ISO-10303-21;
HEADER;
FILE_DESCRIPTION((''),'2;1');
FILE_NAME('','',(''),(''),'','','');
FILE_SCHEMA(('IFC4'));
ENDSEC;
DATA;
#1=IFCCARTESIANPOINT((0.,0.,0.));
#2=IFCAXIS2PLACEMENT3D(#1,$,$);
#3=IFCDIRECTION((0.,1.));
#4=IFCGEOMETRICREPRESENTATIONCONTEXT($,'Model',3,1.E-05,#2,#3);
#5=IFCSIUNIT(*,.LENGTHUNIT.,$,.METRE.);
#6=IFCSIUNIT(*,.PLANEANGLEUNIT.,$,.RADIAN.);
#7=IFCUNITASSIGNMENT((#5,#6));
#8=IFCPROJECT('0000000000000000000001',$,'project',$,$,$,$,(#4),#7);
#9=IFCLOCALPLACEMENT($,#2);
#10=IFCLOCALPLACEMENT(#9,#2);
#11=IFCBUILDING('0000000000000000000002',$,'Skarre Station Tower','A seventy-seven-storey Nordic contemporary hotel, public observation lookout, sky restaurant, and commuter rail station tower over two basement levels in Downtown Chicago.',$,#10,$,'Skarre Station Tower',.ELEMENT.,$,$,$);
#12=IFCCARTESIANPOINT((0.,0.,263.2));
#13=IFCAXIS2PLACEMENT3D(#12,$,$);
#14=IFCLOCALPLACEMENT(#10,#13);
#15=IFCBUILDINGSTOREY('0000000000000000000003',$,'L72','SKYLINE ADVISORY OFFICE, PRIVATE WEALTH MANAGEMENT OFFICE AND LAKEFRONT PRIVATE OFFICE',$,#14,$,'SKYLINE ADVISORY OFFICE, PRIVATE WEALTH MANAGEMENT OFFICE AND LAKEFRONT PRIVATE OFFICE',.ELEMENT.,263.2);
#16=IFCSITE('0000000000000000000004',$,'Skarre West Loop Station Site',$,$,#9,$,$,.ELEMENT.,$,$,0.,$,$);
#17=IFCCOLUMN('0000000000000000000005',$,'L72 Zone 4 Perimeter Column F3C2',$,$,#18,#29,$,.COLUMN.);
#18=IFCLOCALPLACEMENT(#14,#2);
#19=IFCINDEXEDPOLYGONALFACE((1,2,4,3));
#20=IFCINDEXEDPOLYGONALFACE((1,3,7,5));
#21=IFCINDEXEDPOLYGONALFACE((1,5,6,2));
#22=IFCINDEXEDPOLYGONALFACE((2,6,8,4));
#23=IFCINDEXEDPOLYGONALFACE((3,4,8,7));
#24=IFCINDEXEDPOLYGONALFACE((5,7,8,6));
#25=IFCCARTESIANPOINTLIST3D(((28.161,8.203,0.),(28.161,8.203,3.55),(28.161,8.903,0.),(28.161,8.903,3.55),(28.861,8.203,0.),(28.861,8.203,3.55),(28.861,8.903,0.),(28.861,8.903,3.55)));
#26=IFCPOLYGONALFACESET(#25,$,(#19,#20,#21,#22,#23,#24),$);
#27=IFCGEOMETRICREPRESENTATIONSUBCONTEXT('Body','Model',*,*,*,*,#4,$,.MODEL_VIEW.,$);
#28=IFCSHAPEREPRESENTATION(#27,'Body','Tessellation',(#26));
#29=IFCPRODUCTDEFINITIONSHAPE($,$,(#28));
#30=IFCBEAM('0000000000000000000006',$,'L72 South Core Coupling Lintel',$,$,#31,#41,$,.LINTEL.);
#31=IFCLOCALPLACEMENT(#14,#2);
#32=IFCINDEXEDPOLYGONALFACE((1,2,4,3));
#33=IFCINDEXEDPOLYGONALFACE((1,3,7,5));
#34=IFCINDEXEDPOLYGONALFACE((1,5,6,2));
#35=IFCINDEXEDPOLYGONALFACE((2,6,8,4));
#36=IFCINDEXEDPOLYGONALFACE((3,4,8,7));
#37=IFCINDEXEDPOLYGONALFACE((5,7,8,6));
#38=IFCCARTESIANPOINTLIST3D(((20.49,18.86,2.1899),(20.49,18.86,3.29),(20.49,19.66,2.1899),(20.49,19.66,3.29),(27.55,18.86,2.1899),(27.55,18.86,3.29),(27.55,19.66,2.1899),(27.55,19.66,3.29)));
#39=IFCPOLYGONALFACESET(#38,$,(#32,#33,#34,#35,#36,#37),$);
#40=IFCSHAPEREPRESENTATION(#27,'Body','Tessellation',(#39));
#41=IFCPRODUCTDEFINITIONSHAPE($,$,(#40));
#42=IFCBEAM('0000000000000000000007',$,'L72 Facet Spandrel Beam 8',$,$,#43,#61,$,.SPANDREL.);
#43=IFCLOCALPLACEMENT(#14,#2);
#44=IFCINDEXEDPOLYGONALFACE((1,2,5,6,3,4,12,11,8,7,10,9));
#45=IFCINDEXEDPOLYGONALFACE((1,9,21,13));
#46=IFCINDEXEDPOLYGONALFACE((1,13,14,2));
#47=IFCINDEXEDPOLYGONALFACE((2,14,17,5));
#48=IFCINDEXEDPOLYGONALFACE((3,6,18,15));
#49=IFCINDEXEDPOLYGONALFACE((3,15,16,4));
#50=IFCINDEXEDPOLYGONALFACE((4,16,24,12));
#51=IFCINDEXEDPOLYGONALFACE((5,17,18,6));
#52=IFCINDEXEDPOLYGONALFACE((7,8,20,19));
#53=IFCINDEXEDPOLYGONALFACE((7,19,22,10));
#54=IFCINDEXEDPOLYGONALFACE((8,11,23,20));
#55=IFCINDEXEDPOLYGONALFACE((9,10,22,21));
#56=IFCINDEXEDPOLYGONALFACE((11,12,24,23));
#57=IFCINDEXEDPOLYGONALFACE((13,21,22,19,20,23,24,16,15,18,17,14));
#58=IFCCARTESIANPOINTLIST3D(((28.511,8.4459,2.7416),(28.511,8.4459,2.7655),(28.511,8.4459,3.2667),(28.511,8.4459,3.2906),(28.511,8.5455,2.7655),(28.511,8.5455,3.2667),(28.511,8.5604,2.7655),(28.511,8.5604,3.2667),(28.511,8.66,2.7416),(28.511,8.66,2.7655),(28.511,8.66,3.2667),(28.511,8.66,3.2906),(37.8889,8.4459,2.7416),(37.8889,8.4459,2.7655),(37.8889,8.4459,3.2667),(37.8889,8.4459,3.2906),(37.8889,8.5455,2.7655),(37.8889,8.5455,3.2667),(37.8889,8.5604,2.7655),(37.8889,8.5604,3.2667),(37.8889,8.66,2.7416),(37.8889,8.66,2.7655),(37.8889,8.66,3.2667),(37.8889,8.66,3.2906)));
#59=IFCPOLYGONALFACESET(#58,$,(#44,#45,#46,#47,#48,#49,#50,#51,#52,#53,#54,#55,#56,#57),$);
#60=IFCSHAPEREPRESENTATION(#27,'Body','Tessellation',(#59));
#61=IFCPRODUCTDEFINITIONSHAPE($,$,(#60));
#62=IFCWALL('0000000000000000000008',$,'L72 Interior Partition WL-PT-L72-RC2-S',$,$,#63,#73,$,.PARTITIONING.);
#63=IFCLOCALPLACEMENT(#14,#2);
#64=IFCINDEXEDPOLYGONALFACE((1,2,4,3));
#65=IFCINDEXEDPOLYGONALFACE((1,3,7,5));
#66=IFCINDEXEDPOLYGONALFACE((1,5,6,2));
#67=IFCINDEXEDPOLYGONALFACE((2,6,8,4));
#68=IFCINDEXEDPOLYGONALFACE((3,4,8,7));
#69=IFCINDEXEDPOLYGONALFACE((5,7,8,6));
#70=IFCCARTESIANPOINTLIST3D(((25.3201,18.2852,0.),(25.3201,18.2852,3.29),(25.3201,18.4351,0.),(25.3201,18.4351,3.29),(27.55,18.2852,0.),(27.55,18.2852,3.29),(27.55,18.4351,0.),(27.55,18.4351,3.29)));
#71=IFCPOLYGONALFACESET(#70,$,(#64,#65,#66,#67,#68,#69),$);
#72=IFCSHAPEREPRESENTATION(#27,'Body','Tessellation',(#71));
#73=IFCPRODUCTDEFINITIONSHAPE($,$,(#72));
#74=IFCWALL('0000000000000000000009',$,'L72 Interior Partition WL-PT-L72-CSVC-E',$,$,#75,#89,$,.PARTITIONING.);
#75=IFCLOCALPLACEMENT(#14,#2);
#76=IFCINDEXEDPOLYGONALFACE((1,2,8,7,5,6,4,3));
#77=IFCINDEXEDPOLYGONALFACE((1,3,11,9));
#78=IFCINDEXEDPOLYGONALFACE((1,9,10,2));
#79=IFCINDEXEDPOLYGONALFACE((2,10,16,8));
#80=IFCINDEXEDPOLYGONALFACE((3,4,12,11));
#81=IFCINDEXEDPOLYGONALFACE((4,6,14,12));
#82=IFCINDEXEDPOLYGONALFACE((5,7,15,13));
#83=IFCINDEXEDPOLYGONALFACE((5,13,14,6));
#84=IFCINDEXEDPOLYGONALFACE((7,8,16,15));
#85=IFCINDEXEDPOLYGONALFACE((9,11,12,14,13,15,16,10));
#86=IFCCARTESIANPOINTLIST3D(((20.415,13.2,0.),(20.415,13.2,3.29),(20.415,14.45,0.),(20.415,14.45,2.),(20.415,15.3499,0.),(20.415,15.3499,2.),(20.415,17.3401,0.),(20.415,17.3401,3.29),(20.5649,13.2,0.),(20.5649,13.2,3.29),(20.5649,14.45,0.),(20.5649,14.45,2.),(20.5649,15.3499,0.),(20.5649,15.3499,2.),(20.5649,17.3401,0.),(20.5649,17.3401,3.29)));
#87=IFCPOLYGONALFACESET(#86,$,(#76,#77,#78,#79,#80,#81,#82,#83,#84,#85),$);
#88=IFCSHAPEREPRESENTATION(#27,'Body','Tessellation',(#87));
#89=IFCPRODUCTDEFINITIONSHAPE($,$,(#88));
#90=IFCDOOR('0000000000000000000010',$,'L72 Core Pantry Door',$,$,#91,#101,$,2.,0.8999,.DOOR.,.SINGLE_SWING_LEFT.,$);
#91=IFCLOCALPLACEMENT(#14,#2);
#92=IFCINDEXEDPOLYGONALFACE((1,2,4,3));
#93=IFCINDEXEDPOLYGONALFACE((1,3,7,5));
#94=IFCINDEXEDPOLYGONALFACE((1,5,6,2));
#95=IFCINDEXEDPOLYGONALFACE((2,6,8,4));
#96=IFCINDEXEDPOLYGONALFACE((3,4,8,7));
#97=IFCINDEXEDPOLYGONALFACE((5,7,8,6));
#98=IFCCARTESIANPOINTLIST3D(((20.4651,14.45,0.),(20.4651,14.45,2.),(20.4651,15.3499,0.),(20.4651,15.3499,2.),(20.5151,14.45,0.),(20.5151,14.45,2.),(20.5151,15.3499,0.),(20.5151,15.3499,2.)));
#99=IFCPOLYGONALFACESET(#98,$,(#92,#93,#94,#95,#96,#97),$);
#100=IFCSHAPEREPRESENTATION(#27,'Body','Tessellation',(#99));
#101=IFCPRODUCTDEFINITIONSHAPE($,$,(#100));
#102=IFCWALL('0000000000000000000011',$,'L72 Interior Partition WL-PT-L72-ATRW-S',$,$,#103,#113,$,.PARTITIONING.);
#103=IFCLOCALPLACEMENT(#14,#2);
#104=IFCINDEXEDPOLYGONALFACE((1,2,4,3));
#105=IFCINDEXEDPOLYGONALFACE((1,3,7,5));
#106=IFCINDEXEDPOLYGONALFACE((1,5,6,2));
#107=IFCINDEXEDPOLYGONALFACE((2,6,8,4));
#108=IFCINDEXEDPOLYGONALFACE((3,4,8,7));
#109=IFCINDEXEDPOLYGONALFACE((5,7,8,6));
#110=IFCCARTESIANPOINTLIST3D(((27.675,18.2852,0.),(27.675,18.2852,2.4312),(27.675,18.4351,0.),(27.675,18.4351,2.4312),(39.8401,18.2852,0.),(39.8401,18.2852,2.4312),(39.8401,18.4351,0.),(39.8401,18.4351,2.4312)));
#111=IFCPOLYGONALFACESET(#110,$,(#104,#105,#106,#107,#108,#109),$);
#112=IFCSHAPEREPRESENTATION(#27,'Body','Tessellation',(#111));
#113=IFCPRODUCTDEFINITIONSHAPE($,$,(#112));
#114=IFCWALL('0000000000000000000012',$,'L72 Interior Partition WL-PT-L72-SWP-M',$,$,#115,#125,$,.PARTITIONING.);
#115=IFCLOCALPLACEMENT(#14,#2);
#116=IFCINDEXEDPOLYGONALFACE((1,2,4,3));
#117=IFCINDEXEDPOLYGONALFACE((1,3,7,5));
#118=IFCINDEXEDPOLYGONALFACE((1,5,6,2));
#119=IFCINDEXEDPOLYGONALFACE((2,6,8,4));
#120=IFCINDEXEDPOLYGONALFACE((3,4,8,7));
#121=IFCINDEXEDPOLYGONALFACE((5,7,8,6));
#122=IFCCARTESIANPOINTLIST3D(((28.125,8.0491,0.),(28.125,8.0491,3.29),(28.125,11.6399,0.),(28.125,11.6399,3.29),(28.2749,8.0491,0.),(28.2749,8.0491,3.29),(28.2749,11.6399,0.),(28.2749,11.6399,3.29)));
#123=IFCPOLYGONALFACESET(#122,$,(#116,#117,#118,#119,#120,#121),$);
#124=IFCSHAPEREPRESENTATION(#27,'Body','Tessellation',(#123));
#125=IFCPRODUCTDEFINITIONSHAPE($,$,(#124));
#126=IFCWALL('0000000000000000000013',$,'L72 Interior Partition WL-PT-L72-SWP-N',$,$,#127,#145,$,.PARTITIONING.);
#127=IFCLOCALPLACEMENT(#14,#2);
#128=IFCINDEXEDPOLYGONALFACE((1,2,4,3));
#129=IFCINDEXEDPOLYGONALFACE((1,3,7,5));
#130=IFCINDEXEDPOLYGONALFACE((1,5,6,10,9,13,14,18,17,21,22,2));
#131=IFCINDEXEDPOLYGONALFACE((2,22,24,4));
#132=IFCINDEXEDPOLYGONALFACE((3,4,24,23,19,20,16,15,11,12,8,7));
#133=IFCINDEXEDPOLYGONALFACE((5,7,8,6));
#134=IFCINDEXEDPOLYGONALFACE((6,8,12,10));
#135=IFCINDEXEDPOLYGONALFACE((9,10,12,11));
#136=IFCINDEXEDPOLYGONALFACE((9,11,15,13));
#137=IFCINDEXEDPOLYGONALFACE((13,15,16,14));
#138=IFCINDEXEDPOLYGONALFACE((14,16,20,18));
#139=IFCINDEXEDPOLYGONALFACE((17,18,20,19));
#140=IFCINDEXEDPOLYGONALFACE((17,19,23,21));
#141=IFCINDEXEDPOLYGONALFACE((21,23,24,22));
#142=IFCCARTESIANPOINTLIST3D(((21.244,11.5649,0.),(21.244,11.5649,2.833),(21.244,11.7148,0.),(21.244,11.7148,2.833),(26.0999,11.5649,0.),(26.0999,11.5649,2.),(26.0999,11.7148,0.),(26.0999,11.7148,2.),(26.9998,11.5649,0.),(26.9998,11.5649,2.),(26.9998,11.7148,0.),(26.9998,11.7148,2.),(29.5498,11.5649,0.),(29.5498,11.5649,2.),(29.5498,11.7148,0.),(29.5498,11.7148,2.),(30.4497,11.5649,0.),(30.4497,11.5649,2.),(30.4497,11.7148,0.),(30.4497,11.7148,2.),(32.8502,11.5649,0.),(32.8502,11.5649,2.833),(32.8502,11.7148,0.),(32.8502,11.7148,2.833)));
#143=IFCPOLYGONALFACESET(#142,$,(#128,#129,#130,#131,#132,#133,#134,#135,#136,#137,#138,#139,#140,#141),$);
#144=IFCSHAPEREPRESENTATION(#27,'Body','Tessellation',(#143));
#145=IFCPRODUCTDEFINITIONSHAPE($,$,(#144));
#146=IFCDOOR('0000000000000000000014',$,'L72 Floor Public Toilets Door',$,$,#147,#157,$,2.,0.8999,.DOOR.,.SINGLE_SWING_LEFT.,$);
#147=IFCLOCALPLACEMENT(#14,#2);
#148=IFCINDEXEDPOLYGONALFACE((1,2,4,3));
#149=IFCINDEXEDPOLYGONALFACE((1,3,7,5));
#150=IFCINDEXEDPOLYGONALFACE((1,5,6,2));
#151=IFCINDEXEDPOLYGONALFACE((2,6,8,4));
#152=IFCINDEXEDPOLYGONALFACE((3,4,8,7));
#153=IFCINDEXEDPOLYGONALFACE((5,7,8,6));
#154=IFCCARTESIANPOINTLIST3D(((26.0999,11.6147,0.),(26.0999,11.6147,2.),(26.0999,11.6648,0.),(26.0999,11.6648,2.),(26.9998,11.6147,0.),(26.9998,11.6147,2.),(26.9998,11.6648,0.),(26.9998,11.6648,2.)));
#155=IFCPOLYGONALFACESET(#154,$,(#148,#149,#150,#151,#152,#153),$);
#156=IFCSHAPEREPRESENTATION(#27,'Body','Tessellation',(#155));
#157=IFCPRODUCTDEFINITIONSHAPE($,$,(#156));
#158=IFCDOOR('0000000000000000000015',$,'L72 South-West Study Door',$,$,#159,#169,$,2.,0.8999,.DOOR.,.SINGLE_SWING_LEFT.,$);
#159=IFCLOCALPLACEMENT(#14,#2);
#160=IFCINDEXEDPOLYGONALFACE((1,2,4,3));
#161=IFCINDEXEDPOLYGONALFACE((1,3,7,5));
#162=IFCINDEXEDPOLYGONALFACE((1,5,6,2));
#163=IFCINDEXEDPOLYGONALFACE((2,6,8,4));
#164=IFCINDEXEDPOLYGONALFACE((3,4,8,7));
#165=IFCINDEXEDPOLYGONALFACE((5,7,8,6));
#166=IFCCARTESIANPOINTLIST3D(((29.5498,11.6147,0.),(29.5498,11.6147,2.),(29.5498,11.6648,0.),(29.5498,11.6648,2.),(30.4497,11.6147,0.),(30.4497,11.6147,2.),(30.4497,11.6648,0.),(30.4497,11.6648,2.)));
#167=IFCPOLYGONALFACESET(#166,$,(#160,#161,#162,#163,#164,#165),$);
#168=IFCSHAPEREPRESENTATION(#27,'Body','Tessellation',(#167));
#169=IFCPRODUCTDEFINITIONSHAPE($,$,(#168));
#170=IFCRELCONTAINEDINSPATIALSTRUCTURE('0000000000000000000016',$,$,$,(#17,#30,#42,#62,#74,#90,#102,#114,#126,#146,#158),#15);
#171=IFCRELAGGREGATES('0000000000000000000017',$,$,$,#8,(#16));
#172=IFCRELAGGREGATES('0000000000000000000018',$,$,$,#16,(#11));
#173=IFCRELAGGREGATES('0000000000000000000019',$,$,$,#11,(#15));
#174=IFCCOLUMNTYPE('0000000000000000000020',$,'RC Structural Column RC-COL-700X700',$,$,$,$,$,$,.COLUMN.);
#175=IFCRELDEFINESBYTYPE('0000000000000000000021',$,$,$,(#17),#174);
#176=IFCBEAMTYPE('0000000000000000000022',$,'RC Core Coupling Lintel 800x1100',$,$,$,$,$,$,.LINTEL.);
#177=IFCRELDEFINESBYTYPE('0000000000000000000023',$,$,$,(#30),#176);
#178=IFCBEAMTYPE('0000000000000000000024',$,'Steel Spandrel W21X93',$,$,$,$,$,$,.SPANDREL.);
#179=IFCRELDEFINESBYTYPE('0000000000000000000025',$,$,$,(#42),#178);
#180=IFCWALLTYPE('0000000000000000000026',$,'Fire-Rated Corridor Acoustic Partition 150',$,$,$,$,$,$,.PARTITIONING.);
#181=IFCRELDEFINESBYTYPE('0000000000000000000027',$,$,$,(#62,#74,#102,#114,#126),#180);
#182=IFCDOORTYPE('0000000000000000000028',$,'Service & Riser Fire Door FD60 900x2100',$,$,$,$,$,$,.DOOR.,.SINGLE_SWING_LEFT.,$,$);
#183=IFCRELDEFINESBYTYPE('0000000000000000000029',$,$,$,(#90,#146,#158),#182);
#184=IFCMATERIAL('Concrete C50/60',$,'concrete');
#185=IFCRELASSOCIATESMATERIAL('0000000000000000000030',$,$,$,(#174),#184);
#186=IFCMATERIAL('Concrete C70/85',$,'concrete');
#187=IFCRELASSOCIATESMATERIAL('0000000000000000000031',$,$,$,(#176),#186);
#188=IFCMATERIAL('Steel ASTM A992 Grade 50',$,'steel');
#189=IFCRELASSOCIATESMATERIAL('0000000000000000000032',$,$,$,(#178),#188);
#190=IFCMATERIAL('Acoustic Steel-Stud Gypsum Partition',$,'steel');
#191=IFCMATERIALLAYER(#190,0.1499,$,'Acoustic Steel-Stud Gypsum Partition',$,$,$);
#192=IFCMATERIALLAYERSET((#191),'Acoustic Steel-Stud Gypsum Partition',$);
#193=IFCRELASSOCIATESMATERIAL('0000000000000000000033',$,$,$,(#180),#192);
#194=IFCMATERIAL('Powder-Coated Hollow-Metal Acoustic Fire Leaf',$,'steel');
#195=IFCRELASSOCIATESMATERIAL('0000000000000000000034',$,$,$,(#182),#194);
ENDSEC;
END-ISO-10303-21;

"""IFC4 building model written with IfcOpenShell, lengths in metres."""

from ifc_helpers import new_model, si_unit, direction, frame, frame_2d, origin, origin_2d, place, context, subcontext, project, spatial, rectangle, i_section, extrude, material, layer, layer_set, material_profile, profile_set, type_object, element, fill, save


model = new_model("IFC4")

# Units and contexts
model_context = context("Model", 3, precision=1e-05, world=origin(), true_north=direction((0.0, 1.0)))
body_context = subcontext(model_context, "Body", "Model", "MODEL_VIEW")
ifc_project = project(units=[si_unit("LENGTHUNIT", "METRE"), si_unit("PLANEANGLEUNIT", "RADIAN")], contexts=[model_context])

# Site, building, storey
site_placement = place(None, origin())
site = spatial("IfcSite", under=ifc_project, at=site_placement, Name="Skarre West Loop Station Site", CompositionType="ELEMENT", RefElevation=0.0)
building_placement = place(site_placement, origin())
building = spatial("IfcBuilding", under=site, at=building_placement, Name="Skarre Station Tower", Description="A seventy-seven-storey Nordic contemporary hotel, public observation lookout, sky restaurant, and commuter rail station tower over two basement levels in Downtown Chicago.", LongName="Skarre Station Tower", CompositionType="ELEMENT")
storey_placement = place(building_placement, frame((0.0, 0.0, 263.2)))
storey = spatial("IfcBuildingStorey", under=building, at=storey_placement, Name="L72", Description="SKYLINE ADVISORY OFFICE, PRIVATE WEALTH MANAGEMENT OFFICE AND LAKEFRONT PRIVATE OFFICE", LongName="SKYLINE ADVISORY OFFICE, PRIVATE WEALTH MANAGEMENT OFFICE AND LAKEFRONT PRIVATE OFFICE", CompositionType="ELEMENT", Elevation=263.2)

# Column
ifc_material_1 = material(Name="Concrete C50/60", Category="concrete")
ifc_material_profile_1 = material_profile(ifc_material_1, rectangle(XDim=0.7, YDim=0.7, at=origin_2d()), Name="Concrete C50/60")
ifc_profile_set_1 = profile_set([ifc_material_profile_1], Name="Concrete C50/60")
column_type = type_object("IfcColumnType", Name="RC Structural Column RC-COL-700X700", PredefinedType="COLUMN", material=ifc_profile_set_1)
column_placement = place(storey_placement, frame((28.511, 8.553, 0.0), z_axis=(0.0, 0.0, 1.0), x_axis=(1.0, 0.0, 0.0)))
element("IfcColumn", 1, at=column_placement, inside=storey, type_object=column_type, Name="L72 Zone 4 Perimeter Column F3C2", PredefinedType="COLUMN", context=body_context, shape_type="SweptSolid", body=[
    extrude(rectangle(XDim=0.7, YDim=0.7, at=origin_2d()), origin(), (0.0, 0.0, 1.0), 3.55),
])

# Beams
ifc_material_2 = material(Name="Concrete C70/85", Category="concrete")
ifc_material_profile_2 = material_profile(ifc_material_2, rectangle(XDim=0.8, YDim=1.1001, at=origin_2d()), Name="Concrete C70/85")
ifc_profile_set_2 = profile_set([ifc_material_profile_2], Name="Concrete C70/85")
beam_type_1 = type_object("IfcBeamType", Name="RC Core Coupling Lintel 800x1100", PredefinedType="LINTEL", material=ifc_profile_set_2)
beam_1_placement = place(storey_placement, frame((20.49, 19.26, 2.74), z_axis=(1.0, 0.0, 0.0), x_axis=(0.0, 1.0, 0.0)))
element("IfcBeam", 2, at=beam_1_placement, inside=storey, type_object=beam_type_1, Name="L72 South Core Coupling Lintel", PredefinedType="LINTEL", context=body_context, shape_type="SweptSolid", body=[
    extrude(rectangle(XDim=0.8, YDim=1.1001, at=origin_2d()), origin(), (0.0, 0.0, 1.0), 7.0601),
])
ifc_material_3 = material(Name="Steel ASTM A992 Grade 50", Category="steel")
ifc_material_profile_3 = material_profile(ifc_material_3, i_section(OverallWidth=0.2141, OverallDepth=0.5491, WebThickness=0.0149, FlangeThickness=0.0239, at=origin_2d()), Name="Steel ASTM A992 Grade 50")
ifc_profile_set_3 = profile_set([ifc_material_profile_3], Name="Steel ASTM A992 Grade 50")
beam_type_2 = type_object("IfcBeamType", Name="Steel Spandrel W21X93", PredefinedType="SPANDREL", material=ifc_profile_set_3)
beam_2_placement = place(storey_placement, frame((28.511, 8.553, 3.0161), z_axis=(1.0, 0.0, 0.0), x_axis=(0.0, 1.0, 0.0)))
element("IfcBeam", 3, at=beam_2_placement, inside=storey, type_object=beam_type_2, Name="L72 Facet Spandrel Beam 8", PredefinedType="SPANDREL", context=body_context, shape_type="SweptSolid", body=[
    extrude(i_section(OverallWidth=0.2141, OverallDepth=0.5491, WebThickness=0.0149, FlangeThickness=0.0239, at=origin_2d()), origin(), (0.0, 0.0, 1.0), 9.3779),
])

# Wall
ifc_material_4 = material(Name="Acoustic Steel-Stud Gypsum Partition", Category="steel")
ifc_layer_1 = layer(ifc_material_4, 0.1499, Name="Acoustic Steel-Stud Gypsum Partition")
ifc_layer_set_1 = layer_set([ifc_layer_1], Name="Acoustic Steel-Stud Gypsum Partition")
wall_type_1 = type_object("IfcWallType", Name="Fire-Rated Corridor Acoustic Partition 150", PredefinedType="PARTITIONING", material=ifc_layer_set_1)
wall_1_placement = place(storey_placement, frame((25.3201, 18.3601, 0.0), z_axis=(0.0, 0.0, 1.0), x_axis=(1.0, 0.0, 0.0)))
element("IfcWall", 4, at=wall_1_placement, inside=storey, type_object=wall_type_1, Name="L72 Interior Partition WL-PT-L72-RC2-S", PredefinedType="PARTITIONING", context=body_context, shape_type="SweptSolid", body=[
    extrude(rectangle(XDim=2.23, YDim=0.1499, at=frame_2d((1.115, 0.0))), origin(), (0.0, 0.0, 1.0), 3.29),
])

# Wall, opening, door
wall_2_placement = place(storey_placement, frame((20.49, 13.2, 0.0), z_axis=(0.0, 0.0, 1.0), x_axis=(0.0, 1.0, 0.0)))
wall_2 = element("IfcWall", 5, at=wall_2_placement, inside=storey, type_object=wall_type_1, Name="L72 Interior Partition WL-PT-L72-CSVC-E", PredefinedType="PARTITIONING", context=body_context, shape_type="SweptSolid", body=[
    extrude(rectangle(XDim=4.1401, YDim=0.1499, at=frame_2d((2.0701, 0.0))), origin(), (0.0, 0.0, 1.0), 3.29),
])
opening_1_placement = place(wall_2_placement, frame((1.25, 0.0, 0.0)))
opening_1 = element("IfcOpeningElement", 6, at=opening_1_placement, cuts=wall_2, PredefinedType="OPENING", context=body_context, shape_type="SweptSolid", body=[
    extrude(rectangle(XDim=0.8999, YDim=2.0, at=frame_2d((0.45, 1.0))), frame((0.0, 0.085, 0.0), z_axis=(0.0, -1.0, 0.0), x_axis=(1.0, 0.0, 0.0)), (0.0, 0.0, 1.0), 0.1699),
])
ifc_material_5 = material(Name="Powder-Coated Hollow-Metal Acoustic Fire Leaf", Category="steel")
door_type_1 = type_object("IfcDoorType", Name="Service & Riser Fire Door FD60 900x2100", OperationType="SINGLE_SWING_LEFT", PredefinedType="DOOR", material=ifc_material_5)
door_1_placement = place(opening_1_placement, origin())
door_1 = element("IfcDoor", 7, at=door_1_placement, inside=storey, type_object=door_type_1, Name="L72 Core Pantry Door", OperationType="SINGLE_SWING_LEFT", OverallHeight=2.0, OverallWidth=0.8999, PredefinedType="DOOR", context=body_context, shape_type="SweptSolid", body=[
    extrude(rectangle(XDim=0.8999, YDim=2.0, at=frame_2d((0.45, 1.0))), frame((0.0, 0.0249, 0.0), z_axis=(0.0, -1.0, 0.0), x_axis=(1.0, 0.0, 0.0)), (0.0, 0.0, 1.0), 0.05),
])
fill(opening_1, door_1)

# Walls
wall_3_placement = place(storey_placement, frame((27.675, 18.3601, 0.0), z_axis=(0.0, 0.0, 1.0), x_axis=(1.0, 0.0, 0.0)))
element("IfcWall", 8, at=wall_3_placement, inside=storey, type_object=wall_type_1, Name="L72 Interior Partition WL-PT-L72-ATRW-S", PredefinedType="PARTITIONING", context=body_context, shape_type="SweptSolid", body=[
    extrude(rectangle(XDim=12.165, YDim=0.1499, at=frame_2d((6.0825, 0.0))), origin(), (0.0, 0.0, 1.0), 2.4312),
])
wall_4_placement = place(storey_placement, frame((28.2, 8.0491, 0.0), z_axis=(0.0, 0.0, 1.0), x_axis=(0.0, 1.0, 0.0)))
element("IfcWall", 9, at=wall_4_placement, inside=storey, type_object=wall_type_1, Name="L72 Interior Partition WL-PT-L72-SWP-M", PredefinedType="PARTITIONING", context=body_context, shape_type="SweptSolid", body=[
    extrude(rectangle(XDim=3.5908, YDim=0.1499, at=frame_2d((1.7954, 0.0))), origin(), (0.0, 0.0, 1.0), 3.29),
])

# Wall, openings, doors
wall_5_placement = place(storey_placement, frame((21.2439, 11.6399, 0.0), z_axis=(0.0, 0.0, 1.0), x_axis=(1.0, 0.0, 0.0)))
wall_5 = element("IfcWall", 10, at=wall_5_placement, inside=storey, type_object=wall_type_1, Name="L72 Interior Partition WL-PT-L72-SWP-N", PredefinedType="PARTITIONING", context=body_context, shape_type="SweptSolid", body=[
    extrude(rectangle(XDim=11.6062, YDim=0.1499, at=frame_2d((5.8032, 0.0))), origin(), (0.0, 0.0, 1.0), 2.833),
])
opening_2_placement = place(wall_5_placement, frame((4.856, 0.0, 0.0)))
opening_2 = element("IfcOpeningElement", 11, at=opening_2_placement, cuts=wall_5, PredefinedType="OPENING", context=body_context, shape_type="SweptSolid", body=[
    extrude(rectangle(XDim=0.8999, YDim=2.0, at=frame_2d((0.45, 1.0))), frame((0.0, 0.085, 0.0), z_axis=(0.0, -1.0, 0.0), x_axis=(1.0, 0.0, 0.0)), (0.0, 0.0, 1.0), 0.1699),
])
opening_3_placement = place(wall_5_placement, frame((8.3059, 0.0, 0.0)))
opening_3 = element("IfcOpeningElement", 12, at=opening_3_placement, cuts=wall_5, PredefinedType="OPENING", context=body_context, shape_type="SweptSolid", body=[
    extrude(rectangle(XDim=0.8999, YDim=2.0, at=frame_2d((0.45, 1.0))), frame((0.0, 0.085, 0.0), z_axis=(0.0, -1.0, 0.0), x_axis=(1.0, 0.0, 0.0)), (0.0, 0.0, 1.0), 0.1699),
])
door_2_placement = place(opening_2_placement, origin())
door_2 = element("IfcDoor", 13, at=door_2_placement, inside=storey, type_object=door_type_1, Name="L72 Floor Public Toilets Door", OperationType="SINGLE_SWING_LEFT", OverallHeight=2.0, OverallWidth=0.8999, PredefinedType="DOOR", context=body_context, shape_type="SweptSolid", body=[
    extrude(rectangle(XDim=0.8999, YDim=2.0, at=frame_2d((0.45, 1.0))), frame((0.0, 0.0249, 0.0), z_axis=(0.0, -1.0, 0.0), x_axis=(1.0, 0.0, 0.0)), (0.0, 0.0, 1.0), 0.05),
])
fill(opening_2, door_2)
door_3_placement = place(opening_3_placement, origin())
door_3 = element("IfcDoor", 14, at=door_3_placement, inside=storey, type_object=door_type_1, Name="L72 South-West Study Door", OperationType="SINGLE_SWING_LEFT", OverallHeight=2.0, OverallWidth=0.8999, PredefinedType="DOOR", context=body_context, shape_type="SweptSolid", body=[
    extrude(rectangle(XDim=0.8999, YDim=2.0, at=frame_2d((0.45, 1.0))), frame((0.0, 0.0249, 0.0), z_axis=(0.0, -1.0, 0.0), x_axis=(1.0, 0.0, 0.0)), (0.0, 0.0, 1.0), 0.05),
])
fill(opening_3, door_3)

save(model, "model.ifc")
